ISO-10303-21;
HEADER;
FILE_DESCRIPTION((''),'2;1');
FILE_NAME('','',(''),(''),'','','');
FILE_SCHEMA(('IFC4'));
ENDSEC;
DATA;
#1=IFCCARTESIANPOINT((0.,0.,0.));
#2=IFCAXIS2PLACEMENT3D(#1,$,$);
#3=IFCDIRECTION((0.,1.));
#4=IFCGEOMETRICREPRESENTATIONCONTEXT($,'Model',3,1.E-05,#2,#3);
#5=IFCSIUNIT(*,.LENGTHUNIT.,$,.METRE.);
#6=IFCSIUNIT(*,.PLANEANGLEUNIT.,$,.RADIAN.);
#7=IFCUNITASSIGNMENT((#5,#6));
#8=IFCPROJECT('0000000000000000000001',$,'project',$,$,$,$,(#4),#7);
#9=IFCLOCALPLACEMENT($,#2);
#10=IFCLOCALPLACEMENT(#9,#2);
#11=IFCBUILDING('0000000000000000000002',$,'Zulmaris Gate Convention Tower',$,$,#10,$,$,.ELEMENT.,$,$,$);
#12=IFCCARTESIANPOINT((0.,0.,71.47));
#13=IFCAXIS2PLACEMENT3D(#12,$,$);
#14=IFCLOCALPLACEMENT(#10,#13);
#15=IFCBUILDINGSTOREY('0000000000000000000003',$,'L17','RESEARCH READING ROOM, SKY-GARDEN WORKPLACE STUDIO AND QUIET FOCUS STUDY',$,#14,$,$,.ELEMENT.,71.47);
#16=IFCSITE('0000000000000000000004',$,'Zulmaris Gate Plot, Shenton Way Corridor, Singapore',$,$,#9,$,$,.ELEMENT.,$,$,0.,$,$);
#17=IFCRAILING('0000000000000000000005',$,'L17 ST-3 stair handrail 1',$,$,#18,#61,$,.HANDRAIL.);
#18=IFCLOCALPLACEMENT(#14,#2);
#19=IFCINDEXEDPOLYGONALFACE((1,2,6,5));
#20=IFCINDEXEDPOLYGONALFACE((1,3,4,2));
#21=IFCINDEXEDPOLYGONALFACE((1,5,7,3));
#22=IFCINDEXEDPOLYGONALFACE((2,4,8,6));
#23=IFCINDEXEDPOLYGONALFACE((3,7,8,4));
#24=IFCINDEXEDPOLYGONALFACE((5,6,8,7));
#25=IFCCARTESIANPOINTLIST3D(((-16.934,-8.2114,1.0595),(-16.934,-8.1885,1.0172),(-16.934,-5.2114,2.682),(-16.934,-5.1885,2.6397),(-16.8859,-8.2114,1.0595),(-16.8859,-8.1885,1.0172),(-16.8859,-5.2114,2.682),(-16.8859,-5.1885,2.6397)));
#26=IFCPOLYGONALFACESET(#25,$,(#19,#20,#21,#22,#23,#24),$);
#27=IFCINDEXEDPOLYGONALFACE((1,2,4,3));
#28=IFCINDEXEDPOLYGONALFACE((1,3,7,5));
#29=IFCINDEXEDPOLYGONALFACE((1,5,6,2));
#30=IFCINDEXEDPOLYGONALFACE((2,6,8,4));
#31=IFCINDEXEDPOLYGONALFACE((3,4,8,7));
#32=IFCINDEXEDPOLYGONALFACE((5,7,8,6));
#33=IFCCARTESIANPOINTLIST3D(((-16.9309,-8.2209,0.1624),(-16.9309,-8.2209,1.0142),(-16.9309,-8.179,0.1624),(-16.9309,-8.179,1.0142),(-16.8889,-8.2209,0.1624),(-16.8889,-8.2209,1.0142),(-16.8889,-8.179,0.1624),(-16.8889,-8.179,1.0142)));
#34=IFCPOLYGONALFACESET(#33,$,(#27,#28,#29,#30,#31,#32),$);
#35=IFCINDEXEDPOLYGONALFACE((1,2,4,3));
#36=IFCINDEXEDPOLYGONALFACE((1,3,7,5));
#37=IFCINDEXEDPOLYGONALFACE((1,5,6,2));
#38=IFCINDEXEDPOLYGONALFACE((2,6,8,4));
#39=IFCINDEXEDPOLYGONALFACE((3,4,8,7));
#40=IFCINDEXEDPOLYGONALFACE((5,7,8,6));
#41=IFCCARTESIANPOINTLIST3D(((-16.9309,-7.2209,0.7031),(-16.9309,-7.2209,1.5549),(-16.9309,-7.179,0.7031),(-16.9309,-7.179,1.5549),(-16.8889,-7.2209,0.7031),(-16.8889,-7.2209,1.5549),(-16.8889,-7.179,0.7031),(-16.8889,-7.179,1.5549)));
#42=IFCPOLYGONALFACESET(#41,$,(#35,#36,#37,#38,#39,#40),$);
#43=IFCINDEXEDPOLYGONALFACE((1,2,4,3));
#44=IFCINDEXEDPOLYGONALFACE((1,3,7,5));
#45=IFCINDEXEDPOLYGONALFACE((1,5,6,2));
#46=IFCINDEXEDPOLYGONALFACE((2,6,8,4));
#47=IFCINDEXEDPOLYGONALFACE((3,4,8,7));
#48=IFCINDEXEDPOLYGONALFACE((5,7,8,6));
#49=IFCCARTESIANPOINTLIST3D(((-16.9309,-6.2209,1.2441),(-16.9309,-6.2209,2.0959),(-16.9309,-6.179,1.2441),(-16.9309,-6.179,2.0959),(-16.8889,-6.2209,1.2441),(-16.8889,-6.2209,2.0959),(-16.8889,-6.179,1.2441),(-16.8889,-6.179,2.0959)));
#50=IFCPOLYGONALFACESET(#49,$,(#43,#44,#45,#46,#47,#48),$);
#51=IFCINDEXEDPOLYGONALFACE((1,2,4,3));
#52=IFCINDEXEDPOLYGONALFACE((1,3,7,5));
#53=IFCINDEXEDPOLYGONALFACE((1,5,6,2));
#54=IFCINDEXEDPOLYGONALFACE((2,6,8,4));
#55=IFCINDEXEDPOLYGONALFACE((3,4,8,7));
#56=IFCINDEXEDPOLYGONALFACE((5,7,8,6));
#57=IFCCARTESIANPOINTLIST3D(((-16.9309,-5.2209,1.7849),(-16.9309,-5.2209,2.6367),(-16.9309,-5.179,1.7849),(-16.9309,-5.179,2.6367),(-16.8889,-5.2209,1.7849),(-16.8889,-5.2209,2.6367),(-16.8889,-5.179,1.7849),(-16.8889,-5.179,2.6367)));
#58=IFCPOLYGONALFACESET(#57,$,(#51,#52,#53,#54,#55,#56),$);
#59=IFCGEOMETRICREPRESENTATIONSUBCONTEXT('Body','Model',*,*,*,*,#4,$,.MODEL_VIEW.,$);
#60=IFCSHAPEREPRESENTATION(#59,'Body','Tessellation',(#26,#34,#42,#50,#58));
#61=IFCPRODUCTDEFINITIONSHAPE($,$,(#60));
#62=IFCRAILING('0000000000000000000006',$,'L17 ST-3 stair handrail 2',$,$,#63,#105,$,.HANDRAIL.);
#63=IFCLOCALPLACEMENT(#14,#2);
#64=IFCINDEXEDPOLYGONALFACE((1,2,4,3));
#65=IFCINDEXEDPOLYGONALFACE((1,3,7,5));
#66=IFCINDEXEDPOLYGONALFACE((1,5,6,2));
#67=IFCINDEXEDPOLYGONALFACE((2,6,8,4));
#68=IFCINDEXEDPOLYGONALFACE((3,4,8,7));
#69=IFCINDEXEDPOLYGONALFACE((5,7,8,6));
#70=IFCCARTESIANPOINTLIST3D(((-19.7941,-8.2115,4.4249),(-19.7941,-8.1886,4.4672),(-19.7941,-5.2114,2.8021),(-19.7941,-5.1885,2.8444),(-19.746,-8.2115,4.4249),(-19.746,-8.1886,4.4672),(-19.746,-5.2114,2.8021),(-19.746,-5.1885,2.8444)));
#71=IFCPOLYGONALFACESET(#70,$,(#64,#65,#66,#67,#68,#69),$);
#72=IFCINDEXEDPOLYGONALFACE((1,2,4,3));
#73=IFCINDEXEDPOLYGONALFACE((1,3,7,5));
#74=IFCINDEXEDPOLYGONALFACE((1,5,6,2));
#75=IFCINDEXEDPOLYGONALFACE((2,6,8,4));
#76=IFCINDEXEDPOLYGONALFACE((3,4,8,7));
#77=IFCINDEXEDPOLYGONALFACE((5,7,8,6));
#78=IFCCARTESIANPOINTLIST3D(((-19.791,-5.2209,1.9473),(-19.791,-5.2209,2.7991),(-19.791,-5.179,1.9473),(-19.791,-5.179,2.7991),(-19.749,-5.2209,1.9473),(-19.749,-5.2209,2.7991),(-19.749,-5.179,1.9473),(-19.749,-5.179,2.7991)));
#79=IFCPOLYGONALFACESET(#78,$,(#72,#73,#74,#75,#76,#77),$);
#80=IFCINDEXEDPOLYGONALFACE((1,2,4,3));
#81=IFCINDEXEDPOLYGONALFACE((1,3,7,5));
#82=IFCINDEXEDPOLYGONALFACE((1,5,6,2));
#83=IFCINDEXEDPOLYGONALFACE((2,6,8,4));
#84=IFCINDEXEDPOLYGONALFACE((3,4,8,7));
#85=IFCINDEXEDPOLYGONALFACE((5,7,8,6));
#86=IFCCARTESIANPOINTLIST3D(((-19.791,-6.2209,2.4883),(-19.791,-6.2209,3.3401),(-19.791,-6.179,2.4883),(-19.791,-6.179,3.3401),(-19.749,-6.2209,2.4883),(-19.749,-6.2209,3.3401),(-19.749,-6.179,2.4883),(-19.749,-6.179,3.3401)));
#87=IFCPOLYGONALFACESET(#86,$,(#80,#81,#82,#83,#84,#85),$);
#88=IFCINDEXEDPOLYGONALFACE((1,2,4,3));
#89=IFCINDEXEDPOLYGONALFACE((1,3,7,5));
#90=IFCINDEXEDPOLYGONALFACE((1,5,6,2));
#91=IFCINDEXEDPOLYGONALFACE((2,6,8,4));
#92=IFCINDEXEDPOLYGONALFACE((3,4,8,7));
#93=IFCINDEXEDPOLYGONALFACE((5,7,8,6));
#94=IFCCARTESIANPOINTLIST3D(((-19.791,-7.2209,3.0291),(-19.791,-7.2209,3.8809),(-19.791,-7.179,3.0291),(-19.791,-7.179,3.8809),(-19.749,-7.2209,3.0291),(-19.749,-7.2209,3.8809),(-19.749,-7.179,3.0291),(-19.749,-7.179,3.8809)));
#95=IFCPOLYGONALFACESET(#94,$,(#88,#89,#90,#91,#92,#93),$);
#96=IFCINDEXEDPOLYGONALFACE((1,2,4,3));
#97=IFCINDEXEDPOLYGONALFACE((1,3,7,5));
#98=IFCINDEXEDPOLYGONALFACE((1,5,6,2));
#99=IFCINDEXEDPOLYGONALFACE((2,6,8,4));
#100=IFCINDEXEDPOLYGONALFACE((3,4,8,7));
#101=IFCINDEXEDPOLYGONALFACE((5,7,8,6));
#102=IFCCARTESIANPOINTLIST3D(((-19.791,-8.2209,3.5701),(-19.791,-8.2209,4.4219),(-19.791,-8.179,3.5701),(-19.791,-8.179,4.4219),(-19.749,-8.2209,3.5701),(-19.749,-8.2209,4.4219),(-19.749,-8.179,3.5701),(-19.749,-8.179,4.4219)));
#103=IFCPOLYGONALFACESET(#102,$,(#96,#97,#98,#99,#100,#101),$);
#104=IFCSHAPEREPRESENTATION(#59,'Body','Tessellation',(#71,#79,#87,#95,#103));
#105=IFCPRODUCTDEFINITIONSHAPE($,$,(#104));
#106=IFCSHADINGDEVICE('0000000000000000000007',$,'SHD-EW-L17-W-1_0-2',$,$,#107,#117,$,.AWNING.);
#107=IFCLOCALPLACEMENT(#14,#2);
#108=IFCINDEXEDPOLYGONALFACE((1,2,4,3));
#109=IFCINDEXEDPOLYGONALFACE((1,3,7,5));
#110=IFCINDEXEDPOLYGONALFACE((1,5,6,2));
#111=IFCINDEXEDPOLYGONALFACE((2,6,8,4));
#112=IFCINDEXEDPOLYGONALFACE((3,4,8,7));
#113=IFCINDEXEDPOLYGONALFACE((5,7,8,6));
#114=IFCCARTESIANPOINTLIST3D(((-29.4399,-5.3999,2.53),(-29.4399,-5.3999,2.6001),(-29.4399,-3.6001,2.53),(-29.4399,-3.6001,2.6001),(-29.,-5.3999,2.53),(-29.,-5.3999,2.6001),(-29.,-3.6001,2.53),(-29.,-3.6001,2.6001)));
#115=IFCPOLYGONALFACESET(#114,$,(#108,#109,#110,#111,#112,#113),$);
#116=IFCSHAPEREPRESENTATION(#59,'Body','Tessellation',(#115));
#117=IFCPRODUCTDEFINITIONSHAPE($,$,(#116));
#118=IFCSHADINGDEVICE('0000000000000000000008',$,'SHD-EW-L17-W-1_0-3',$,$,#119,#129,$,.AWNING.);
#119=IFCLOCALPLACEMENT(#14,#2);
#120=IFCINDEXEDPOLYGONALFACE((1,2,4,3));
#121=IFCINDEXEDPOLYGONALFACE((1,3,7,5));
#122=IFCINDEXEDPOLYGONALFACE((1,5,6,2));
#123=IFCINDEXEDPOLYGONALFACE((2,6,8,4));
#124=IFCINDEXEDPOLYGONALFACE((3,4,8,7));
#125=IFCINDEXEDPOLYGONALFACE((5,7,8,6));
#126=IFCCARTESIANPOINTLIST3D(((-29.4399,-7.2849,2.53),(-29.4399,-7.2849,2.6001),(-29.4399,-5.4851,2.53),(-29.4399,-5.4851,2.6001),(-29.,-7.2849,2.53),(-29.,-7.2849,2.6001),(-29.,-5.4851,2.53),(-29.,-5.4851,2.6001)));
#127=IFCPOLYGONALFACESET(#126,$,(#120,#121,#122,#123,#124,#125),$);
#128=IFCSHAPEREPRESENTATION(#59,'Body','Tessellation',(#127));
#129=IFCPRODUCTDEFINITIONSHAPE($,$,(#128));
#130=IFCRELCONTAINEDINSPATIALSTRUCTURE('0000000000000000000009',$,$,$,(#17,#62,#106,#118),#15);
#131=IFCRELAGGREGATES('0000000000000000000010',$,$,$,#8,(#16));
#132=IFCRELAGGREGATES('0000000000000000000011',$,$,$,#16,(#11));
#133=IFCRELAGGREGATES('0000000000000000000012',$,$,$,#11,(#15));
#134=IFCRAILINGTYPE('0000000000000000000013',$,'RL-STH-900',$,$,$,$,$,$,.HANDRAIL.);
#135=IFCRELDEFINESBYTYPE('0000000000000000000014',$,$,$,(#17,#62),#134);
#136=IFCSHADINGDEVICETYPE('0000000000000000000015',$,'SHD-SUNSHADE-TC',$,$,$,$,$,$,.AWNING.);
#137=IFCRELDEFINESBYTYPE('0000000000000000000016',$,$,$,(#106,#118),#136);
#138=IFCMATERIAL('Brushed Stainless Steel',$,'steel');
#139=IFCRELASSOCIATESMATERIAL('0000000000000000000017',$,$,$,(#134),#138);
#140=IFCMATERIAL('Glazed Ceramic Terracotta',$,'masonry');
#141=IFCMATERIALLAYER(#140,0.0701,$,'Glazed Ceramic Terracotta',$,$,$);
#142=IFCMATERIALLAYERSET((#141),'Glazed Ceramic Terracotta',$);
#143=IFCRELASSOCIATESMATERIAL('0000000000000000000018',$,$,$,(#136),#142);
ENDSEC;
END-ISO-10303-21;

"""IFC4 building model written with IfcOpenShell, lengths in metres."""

from ifc_helpers import new_model, si_unit, direction, frame, frame_2d, origin, origin_2d, place, context, subcontext, project, spatial, rectangle, extrude, material, layer, layer_set, type_object, element, save


model = new_model("IFC4")

# Units and contexts
model_context = context("Model", 3, precision=1e-05, world=origin(), true_north=direction((0.0, 1.0)))
body_context = subcontext(model_context, "Body", "Model", "MODEL_VIEW")
ifc_project = project(units=[si_unit("LENGTHUNIT", "METRE"), si_unit("PLANEANGLEUNIT", "RADIAN")], contexts=[model_context])

# Site, building, storey
site_placement = place(None, origin())
site = spatial("IfcSite", under=ifc_project, at=site_placement, Name="Zulmaris Gate Plot, Shenton Way Corridor, Singapore", CompositionType="ELEMENT", RefElevation=0.0)
building_placement = place(site_placement, origin())
building = spatial("IfcBuilding", under=site, at=building_placement, Name="Zulmaris Gate Convention Tower", CompositionType="ELEMENT")
storey_placement = place(building_placement, frame((0.0, 0.0, 71.47)))
storey = spatial("IfcBuildingStorey", under=building, at=storey_placement, Name="L17", Description="RESEARCH READING ROOM, SKY-GARDEN WORKPLACE STUDIO AND QUIET FOCUS STUDY", CompositionType="ELEMENT", Elevation=71.47)

# Shared definitions
ifc_material_1 = material(Name="Brushed Stainless Steel", Category="steel")

# Railings
railing_type_1 = type_object("IfcRailingType", Name="RL-STH-900", PredefinedType="HANDRAIL", material=ifc_material_1)
railing_1_placement = place(storey_placement, frame((-16.9099, -8.2, 0.1624)))
element("IfcRailing", 1, at=railing_1_placement, inside=storey, type_object=railing_type_1, Name="L17 ST-3 stair handrail 1", PredefinedType="HANDRAIL", context=body_context, shape_type="SweptSolid", body=[
    extrude(rectangle(XDim=0.0481, YDim=0.0481, at=origin_2d()), frame((0.0, 0.0, 0.876), z_axis=(0.0, 0.879592, 0.47573), x_axis=(-1.0, 0.0, 0.0)), (0.0, 0.0, 1.0), 3.4106),
    extrude(rectangle(XDim=0.042, YDim=0.042, at=origin_2d()), origin(), (0.0, 0.0, 1.0), 0.8518),
    extrude(rectangle(XDim=0.042, YDim=0.042, at=origin_2d()), frame((0.0, 1.0, 0.5408)), (0.0, 0.0, 1.0), 0.8518),
    extrude(rectangle(XDim=0.042, YDim=0.042, at=origin_2d()), frame((0.0, 2.0, 1.0818)), (0.0, 0.0, 1.0), 0.8518),
    extrude(rectangle(XDim=0.042, YDim=0.042, at=origin_2d()), frame((0.0, 3.0, 1.6226)), (0.0, 0.0, 1.0), 0.8518),
])
railing_2_placement = place(storey_placement, frame((-19.77, -5.2, 1.9473)))
element("IfcRailing", 2, at=railing_2_placement, inside=storey, type_object=railing_type_1, Name="L17 ST-3 stair handrail 2", PredefinedType="HANDRAIL", context=body_context, shape_type="SweptSolid", body=[
    extrude(rectangle(XDim=0.0481, YDim=0.0481, at=origin_2d()), frame((0.0, 0.0, 0.876), z_axis=(0.0, -0.879562, 0.475785), x_axis=(1.0, 0.0, 0.0)), (0.0, 0.0, 1.0), 3.4109),
    extrude(rectangle(XDim=0.042, YDim=0.042, at=origin_2d()), origin(), (0.0, 0.0, 1.0), 0.8518),
    extrude(rectangle(XDim=0.042, YDim=0.042, at=origin_2d()), frame((0.0, -1.0, 0.541)), (0.0, 0.0, 1.0), 0.8518),
    extrude(rectangle(XDim=0.042, YDim=0.042, at=origin_2d()), frame((0.0, -2.0, 1.0818)), (0.0, 0.0, 1.0), 0.8518),
    extrude(rectangle(XDim=0.042, YDim=0.042, at=origin_2d()), frame((0.0, -3.0, 1.6228)), (0.0, 0.0, 1.0), 0.8518),
])

# Shading devices
ifc_material_2 = material(Name="Glazed Ceramic Terracotta", Category="masonry")
ifc_layer_1 = layer(ifc_material_2, 0.0701, Name="Glazed Ceramic Terracotta")
ifc_layer_set_1 = layer_set([ifc_layer_1], Name="Glazed Ceramic Terracotta")
shading_device_type = type_object("IfcShadingDeviceType", Name="SHD-SUNSHADE-TC", PredefinedType="AWNING", material=ifc_layer_set_1)
for number, where, z_axis, x_axis, name in (
    (3, (-29.22, -3.6001, 2.53), (0.0, 0.0, 1.0), (0.0, -1.0, 0.0), "SHD-EW-L17-W-1_0-2"),
    (4, (-29.22, -5.4851, 2.53), (0.0, 0.0, 1.0), (0.0, -1.0, 0.0), "SHD-EW-L17-W-1_0-3"),
):
    element("IfcShadingDevice", number, at=place(storey_placement, frame(where, z_axis=z_axis, x_axis=x_axis)), inside=storey, type_object=shading_device_type, Name=name, PredefinedType="AWNING", context=body_context, shape_type="SweptSolid", body=[
        extrude(rectangle(XDim=1.7998, YDim=0.4399, at=frame_2d((0.8999, 0.0))), origin(), (0.0, 0.0, 1.0), 0.0701),
    ])

save(model, "model.ifc")
